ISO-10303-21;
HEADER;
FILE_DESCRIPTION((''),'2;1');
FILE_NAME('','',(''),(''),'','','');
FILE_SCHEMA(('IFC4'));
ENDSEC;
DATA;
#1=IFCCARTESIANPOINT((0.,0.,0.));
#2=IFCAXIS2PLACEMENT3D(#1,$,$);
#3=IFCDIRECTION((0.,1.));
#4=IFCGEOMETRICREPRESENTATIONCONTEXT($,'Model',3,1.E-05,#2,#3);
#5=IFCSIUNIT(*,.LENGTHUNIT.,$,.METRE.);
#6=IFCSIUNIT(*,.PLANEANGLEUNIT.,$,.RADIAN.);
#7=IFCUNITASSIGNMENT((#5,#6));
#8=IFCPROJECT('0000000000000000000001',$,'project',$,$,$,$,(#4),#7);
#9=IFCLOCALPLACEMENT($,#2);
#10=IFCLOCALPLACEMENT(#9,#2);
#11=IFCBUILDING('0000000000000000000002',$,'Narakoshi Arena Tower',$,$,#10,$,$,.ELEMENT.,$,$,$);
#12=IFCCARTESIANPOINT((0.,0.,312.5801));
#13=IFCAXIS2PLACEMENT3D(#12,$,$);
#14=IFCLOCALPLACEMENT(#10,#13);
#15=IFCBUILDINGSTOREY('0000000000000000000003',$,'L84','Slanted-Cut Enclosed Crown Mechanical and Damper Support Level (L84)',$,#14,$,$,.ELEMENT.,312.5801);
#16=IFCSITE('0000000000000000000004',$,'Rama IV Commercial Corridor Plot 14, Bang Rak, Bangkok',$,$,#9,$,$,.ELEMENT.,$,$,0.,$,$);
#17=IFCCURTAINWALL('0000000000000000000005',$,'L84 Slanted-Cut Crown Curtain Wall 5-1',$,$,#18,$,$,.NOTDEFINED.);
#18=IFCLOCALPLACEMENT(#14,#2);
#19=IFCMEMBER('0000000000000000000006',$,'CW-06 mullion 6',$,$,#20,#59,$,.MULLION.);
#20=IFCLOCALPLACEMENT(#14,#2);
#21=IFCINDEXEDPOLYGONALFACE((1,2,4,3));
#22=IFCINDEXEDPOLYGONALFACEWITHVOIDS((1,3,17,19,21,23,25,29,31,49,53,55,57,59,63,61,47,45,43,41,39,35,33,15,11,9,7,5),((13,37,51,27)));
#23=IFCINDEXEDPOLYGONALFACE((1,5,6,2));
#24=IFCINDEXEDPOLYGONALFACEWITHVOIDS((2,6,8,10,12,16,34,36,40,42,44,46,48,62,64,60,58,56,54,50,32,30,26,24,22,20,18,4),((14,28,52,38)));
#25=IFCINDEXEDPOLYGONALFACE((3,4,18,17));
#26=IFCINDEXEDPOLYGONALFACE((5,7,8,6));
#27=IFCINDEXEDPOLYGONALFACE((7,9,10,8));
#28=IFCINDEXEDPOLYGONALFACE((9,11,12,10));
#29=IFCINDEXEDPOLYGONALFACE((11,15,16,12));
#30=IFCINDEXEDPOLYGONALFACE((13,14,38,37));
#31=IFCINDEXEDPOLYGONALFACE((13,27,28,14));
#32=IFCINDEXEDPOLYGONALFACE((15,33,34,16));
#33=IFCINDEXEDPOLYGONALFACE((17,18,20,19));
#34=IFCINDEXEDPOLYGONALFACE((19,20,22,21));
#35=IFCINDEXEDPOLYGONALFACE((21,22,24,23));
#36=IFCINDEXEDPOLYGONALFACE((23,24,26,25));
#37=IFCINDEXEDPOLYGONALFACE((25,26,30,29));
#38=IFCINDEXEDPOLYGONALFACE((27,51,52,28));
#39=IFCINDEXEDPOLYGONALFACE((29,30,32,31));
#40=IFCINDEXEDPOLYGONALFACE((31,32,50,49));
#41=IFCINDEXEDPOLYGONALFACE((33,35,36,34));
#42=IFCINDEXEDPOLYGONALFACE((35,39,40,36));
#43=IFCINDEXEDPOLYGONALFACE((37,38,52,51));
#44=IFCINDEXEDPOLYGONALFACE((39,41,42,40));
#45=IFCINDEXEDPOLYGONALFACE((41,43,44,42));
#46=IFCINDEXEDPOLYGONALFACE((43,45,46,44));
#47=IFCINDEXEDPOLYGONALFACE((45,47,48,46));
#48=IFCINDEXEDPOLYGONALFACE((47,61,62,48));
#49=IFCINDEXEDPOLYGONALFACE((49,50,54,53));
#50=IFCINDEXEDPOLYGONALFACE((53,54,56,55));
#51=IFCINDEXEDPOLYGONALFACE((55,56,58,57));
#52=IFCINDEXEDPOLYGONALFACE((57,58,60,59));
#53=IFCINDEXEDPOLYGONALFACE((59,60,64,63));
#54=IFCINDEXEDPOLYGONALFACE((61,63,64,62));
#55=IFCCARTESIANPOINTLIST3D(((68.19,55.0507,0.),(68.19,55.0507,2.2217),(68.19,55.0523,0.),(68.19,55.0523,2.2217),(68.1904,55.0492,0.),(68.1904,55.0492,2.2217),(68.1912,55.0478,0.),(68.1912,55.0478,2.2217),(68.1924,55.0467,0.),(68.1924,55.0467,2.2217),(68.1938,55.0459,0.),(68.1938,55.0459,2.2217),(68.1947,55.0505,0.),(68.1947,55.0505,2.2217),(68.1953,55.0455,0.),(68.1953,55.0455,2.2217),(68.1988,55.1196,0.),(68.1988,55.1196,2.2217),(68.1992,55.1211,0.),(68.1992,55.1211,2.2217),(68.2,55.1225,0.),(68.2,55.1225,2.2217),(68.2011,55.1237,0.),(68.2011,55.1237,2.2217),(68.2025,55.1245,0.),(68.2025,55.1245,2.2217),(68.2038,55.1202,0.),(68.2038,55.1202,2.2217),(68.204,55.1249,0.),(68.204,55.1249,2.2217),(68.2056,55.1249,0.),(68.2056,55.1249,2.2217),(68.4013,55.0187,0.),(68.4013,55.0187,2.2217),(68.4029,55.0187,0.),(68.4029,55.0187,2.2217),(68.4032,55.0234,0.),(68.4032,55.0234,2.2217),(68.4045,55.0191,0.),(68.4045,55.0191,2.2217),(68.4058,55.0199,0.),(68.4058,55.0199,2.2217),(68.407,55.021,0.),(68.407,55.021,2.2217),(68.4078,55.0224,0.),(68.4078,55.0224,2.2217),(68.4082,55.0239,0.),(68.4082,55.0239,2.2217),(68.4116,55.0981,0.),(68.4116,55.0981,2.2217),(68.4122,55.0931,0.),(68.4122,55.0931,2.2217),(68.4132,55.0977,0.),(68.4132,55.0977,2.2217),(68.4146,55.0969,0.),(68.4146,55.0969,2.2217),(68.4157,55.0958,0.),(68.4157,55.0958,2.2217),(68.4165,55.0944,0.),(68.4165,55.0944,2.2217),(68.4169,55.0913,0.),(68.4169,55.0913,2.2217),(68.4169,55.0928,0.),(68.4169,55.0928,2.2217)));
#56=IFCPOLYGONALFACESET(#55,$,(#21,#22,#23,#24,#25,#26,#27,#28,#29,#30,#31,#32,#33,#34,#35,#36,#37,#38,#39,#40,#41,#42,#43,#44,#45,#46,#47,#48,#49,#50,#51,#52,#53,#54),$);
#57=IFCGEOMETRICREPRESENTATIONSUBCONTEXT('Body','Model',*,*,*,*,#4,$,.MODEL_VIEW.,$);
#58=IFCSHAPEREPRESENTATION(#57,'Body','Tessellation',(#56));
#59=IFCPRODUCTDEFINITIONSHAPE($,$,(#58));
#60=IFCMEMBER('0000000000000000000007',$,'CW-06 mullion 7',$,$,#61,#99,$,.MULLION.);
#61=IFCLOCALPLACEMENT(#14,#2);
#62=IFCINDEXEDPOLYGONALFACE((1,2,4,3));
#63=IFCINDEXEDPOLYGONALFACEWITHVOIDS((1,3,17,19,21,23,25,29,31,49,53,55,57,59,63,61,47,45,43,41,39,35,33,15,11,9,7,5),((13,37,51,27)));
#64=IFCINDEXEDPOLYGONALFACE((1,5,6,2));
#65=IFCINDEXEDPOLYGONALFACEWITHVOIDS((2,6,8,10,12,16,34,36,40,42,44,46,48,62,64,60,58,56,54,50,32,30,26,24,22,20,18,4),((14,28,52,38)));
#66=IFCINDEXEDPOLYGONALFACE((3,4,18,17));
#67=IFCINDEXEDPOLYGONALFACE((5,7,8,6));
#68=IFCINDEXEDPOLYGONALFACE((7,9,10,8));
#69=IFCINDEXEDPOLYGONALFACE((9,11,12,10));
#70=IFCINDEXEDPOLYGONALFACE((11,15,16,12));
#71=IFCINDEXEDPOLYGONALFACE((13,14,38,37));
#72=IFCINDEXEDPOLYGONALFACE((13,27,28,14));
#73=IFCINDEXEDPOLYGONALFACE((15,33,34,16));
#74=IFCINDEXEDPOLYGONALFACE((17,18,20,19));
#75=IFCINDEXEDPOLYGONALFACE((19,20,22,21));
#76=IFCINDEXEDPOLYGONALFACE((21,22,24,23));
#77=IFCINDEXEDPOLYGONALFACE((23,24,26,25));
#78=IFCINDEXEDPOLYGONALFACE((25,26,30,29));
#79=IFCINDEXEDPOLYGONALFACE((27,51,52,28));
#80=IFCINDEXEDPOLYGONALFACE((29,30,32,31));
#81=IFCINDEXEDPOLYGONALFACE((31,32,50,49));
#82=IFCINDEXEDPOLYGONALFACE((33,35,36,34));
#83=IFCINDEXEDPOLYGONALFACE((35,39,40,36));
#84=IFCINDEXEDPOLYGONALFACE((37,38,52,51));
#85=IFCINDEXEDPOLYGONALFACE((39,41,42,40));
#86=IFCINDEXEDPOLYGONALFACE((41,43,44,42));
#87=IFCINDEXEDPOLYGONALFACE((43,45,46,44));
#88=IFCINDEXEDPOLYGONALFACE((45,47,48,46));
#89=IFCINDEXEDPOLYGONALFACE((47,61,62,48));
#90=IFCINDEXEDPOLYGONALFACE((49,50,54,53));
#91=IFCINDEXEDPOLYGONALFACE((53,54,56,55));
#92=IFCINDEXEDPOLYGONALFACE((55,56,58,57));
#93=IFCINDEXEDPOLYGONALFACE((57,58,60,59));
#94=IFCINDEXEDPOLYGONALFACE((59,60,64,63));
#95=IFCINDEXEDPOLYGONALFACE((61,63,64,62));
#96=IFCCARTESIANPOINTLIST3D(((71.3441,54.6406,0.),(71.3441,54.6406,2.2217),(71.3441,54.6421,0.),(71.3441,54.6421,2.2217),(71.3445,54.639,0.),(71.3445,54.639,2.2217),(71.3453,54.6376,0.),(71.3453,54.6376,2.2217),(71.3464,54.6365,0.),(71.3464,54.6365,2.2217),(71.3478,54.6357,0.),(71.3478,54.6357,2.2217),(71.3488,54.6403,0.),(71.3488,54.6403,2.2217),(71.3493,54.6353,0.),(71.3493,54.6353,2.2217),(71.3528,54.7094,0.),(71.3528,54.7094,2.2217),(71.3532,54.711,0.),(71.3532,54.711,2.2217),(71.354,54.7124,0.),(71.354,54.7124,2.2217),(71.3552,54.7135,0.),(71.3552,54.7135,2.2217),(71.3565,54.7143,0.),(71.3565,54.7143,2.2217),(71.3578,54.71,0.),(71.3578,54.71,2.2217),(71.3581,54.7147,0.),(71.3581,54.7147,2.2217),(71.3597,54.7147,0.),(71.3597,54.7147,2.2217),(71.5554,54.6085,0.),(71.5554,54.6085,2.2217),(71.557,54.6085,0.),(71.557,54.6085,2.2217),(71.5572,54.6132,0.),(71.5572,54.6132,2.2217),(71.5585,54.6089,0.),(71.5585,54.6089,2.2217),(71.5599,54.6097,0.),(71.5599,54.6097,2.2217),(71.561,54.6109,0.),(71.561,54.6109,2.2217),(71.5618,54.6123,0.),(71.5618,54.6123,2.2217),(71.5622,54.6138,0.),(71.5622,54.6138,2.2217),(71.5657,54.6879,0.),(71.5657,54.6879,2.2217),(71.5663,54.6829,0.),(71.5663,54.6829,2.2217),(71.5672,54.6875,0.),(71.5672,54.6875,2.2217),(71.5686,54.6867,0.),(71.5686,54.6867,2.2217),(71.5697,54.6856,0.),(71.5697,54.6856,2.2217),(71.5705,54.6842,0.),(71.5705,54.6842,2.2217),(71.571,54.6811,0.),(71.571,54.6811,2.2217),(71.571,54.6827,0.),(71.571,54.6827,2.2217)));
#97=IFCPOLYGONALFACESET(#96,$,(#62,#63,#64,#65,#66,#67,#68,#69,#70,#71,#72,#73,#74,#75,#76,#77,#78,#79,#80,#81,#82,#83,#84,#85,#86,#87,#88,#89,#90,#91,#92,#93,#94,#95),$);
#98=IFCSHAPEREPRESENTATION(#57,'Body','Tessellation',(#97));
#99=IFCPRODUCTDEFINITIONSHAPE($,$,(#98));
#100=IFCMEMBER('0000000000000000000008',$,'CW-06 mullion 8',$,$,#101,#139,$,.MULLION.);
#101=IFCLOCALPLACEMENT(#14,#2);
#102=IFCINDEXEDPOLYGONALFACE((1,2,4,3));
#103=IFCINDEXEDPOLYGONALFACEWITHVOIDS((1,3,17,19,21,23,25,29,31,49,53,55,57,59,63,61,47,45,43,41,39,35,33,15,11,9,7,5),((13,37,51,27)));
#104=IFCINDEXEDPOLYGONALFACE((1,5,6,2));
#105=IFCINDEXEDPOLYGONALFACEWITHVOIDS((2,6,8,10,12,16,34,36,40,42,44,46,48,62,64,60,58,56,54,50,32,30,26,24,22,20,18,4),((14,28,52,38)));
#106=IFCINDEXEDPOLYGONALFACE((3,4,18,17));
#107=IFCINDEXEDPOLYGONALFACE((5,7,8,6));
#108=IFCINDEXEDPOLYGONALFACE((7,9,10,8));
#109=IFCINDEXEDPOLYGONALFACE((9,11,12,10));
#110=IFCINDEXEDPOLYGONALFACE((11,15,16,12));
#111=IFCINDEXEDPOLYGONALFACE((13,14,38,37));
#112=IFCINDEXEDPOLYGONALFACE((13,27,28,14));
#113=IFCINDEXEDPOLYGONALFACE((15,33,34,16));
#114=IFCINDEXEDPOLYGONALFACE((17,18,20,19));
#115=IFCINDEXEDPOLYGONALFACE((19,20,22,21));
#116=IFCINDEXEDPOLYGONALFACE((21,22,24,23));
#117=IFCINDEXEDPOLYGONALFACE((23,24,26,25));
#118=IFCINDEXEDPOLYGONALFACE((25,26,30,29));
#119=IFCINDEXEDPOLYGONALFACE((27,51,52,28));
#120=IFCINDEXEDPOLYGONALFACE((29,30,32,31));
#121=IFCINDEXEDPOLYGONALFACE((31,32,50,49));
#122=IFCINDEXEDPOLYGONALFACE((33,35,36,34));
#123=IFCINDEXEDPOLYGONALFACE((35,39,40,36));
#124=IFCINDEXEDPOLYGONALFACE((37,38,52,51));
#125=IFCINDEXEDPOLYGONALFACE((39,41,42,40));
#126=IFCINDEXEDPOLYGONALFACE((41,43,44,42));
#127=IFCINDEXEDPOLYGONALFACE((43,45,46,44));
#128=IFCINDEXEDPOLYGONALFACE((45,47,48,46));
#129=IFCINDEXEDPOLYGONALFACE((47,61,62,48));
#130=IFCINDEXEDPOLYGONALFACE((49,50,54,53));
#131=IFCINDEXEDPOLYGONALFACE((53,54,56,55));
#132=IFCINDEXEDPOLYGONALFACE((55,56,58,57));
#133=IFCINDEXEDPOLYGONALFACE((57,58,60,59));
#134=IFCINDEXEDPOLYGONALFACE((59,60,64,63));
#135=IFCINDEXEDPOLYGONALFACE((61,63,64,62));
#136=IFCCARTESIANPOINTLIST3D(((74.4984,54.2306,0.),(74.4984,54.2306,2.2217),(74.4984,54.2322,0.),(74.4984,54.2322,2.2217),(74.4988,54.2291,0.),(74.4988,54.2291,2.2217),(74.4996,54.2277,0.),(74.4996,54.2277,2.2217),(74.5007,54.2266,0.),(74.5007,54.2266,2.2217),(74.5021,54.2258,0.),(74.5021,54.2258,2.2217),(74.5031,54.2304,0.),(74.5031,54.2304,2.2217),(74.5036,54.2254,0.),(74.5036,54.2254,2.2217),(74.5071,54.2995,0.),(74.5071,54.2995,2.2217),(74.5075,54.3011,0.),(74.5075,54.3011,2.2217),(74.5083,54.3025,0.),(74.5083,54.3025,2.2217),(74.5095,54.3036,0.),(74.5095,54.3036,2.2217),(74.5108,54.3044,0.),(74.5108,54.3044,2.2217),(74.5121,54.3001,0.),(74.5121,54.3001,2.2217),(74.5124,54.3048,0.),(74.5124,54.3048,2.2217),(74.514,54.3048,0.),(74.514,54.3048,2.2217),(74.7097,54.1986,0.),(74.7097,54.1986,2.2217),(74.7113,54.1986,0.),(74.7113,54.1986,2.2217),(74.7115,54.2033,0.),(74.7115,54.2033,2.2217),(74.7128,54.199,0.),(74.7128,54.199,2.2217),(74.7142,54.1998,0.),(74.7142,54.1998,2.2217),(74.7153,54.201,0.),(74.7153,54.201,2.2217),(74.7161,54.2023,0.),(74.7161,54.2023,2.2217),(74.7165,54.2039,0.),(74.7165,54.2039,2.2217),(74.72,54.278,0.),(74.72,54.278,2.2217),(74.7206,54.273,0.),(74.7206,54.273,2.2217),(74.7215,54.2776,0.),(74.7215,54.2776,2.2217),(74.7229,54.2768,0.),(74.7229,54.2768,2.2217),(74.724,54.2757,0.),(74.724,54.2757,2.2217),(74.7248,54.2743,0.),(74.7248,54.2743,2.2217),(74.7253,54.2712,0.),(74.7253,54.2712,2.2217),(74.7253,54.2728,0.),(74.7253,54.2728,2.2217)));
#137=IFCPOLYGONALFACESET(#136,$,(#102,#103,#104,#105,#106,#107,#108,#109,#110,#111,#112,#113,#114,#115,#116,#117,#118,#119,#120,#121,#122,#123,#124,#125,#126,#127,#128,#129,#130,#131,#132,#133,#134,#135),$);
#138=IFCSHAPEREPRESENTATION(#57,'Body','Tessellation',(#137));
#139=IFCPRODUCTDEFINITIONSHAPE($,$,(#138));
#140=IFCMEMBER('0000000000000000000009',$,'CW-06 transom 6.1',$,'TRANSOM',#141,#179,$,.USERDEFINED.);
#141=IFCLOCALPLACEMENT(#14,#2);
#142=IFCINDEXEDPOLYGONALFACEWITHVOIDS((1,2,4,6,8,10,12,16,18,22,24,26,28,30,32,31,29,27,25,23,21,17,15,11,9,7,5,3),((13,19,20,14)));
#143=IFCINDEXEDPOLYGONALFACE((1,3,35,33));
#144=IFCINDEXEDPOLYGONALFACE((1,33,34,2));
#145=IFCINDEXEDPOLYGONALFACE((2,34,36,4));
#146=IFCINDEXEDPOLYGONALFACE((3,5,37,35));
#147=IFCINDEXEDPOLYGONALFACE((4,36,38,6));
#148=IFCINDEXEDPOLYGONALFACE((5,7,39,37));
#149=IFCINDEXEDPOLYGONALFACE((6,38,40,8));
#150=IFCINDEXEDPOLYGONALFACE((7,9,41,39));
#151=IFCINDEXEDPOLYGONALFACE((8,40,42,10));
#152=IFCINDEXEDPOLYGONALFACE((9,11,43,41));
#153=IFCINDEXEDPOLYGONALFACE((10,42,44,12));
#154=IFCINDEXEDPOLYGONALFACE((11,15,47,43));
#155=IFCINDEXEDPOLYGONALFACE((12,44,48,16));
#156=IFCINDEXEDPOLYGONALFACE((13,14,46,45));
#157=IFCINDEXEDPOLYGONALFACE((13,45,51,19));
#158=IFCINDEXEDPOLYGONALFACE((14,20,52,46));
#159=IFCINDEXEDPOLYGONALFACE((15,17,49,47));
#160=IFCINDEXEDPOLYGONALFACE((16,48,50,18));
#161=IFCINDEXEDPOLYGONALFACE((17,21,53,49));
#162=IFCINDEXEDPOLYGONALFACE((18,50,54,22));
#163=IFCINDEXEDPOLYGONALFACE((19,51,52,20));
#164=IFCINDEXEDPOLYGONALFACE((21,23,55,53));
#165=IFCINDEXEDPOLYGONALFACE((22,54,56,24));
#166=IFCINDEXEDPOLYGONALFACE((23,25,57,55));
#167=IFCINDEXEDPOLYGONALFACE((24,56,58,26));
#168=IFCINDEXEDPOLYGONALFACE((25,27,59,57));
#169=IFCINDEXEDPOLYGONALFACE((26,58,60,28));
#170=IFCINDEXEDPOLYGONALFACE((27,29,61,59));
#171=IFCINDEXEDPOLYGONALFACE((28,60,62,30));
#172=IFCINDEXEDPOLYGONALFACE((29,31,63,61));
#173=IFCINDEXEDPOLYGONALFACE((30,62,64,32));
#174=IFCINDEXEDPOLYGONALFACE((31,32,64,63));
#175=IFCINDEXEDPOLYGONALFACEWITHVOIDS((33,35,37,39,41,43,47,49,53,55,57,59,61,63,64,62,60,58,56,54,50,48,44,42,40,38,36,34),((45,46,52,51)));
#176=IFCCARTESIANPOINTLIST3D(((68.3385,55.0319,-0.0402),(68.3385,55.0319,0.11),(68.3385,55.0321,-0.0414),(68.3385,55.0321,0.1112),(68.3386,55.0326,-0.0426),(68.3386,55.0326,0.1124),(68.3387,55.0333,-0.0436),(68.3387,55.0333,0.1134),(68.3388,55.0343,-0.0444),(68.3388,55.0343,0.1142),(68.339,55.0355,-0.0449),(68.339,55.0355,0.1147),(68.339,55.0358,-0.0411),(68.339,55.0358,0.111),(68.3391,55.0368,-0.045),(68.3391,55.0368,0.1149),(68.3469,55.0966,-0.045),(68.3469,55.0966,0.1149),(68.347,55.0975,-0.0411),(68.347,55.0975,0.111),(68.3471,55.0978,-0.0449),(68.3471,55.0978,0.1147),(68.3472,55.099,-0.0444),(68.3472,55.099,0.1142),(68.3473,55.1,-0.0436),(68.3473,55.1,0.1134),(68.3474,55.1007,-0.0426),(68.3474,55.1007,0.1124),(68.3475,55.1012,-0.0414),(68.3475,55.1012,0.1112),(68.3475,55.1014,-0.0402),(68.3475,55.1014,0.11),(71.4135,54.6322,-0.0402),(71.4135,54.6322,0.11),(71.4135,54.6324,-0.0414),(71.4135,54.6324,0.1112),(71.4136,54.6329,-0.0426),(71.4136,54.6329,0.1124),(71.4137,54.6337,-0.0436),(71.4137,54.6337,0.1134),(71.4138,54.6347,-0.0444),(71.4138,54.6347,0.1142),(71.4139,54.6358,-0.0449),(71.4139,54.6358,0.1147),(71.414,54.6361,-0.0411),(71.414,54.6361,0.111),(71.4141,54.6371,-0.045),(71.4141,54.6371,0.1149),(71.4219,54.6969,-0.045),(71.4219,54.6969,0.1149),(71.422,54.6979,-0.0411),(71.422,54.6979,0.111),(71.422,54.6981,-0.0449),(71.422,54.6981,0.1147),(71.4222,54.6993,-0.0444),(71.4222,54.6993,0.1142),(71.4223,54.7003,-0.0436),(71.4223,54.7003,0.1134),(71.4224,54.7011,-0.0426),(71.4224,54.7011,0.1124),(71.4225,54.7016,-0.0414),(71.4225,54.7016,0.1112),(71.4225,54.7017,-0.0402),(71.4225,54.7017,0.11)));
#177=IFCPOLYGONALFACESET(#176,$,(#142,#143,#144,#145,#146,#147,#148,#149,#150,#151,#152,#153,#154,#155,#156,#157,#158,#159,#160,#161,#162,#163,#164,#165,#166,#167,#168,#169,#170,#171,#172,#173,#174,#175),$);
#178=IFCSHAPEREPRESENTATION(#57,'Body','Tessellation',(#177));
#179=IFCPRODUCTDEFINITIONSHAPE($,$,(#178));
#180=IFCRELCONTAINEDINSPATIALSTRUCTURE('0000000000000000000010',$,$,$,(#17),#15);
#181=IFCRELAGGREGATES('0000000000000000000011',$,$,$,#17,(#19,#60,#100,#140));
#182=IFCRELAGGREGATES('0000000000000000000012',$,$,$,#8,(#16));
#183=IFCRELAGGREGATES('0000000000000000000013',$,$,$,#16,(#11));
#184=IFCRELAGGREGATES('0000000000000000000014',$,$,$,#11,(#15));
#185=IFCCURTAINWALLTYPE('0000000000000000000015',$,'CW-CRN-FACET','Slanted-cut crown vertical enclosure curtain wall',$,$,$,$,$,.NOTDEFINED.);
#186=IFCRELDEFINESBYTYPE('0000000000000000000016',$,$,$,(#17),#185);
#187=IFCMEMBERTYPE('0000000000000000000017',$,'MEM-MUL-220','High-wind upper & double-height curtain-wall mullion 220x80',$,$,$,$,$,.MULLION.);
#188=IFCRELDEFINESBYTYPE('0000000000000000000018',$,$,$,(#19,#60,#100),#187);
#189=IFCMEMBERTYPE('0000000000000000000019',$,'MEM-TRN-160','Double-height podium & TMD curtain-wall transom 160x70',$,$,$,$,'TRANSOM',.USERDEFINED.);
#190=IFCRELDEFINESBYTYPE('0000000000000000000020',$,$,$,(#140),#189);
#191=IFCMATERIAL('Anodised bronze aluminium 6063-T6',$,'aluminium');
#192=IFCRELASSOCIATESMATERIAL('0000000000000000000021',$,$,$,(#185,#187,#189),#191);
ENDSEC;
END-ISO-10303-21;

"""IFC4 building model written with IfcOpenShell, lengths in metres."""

from ifc_helpers import new_model, si_unit, direction, frame, origin, origin_2d, place, context, subcontext, project, spatial, hollow_rectangle, extrude, material, material_profile, profile_set, type_object, element, aggregate, save


model = new_model("IFC4")

# Units and contexts
model_context = context("Model", 3, precision=1e-05, world=origin(), true_north=direction((0.0, 1.0)))
body_context = subcontext(model_context, "Body", "Model", "MODEL_VIEW")
ifc_project = project(units=[si_unit("LENGTHUNIT", "METRE"), si_unit("PLANEANGLEUNIT", "RADIAN")], contexts=[model_context])

# Site, building, storey
site_placement = place(None, origin())
site = spatial("IfcSite", under=ifc_project, at=site_placement, Name="Rama IV Commercial Corridor Plot 14, Bang Rak, Bangkok", CompositionType="ELEMENT", RefElevation=0.0)
building_placement = place(site_placement, origin())
building = spatial("IfcBuilding", under=site, at=building_placement, Name="Narakoshi Arena Tower", CompositionType="ELEMENT")
storey_placement = place(building_placement, frame((0.0, 0.0, 312.5801)))
storey = spatial("IfcBuildingStorey", under=building, at=storey_placement, Name="L84", Description="Slanted-Cut Enclosed Crown Mechanical and Damper Support Level (L84)", CompositionType="ELEMENT", Elevation=312.5801)

# Curtain wall, members
ifc_material_1 = material(Name="Anodised bronze aluminium 6063-T6", Category="aluminium")
curtain_wall_type = type_object("IfcCurtainWallType", Name="CW-CRN-FACET", Description="Slanted-cut crown vertical enclosure curtain wall", PredefinedType="NOTDEFINED", material=ifc_material_1)
curtain_wall_placement = place(storey_placement, origin())
curtain_wall = element("IfcCurtainWall", 1, at=curtain_wall_placement, inside=storey, type_object=curtain_wall_type, Name="L84 Slanted-Cut Crown Curtain Wall 5-1", PredefinedType="NOTDEFINED")
ifc_material_profile_1 = material_profile(ifc_material_1, hollow_rectangle(XDim=0.0801, YDim=0.22, WallThickness=0.0049, OuterFilletRadius=0.0061, at=origin_2d()), Name="MUL220x80x5")
ifc_profile_set_1 = profile_set([ifc_material_profile_1], Name="Anodised bronze aluminium 6063-T6")
member_type_1 = type_object("IfcMemberType", Name="MEM-MUL-220", Description="High-wind upper & double-height curtain-wall mullion 220x80", PredefinedType="MULLION", material=ifc_profile_set_1)
member_1_placement = place(storey_placement, frame((68.3035, 55.0718, 0.0), z_axis=(0.0, 0.0, 1.0), x_axis=(0.12889, 0.991659, 0.0)))
member_1 = element("IfcMember", 2, at=member_1_placement, type_object=member_type_1, Name="CW-06 mullion 6", PredefinedType="MULLION", context=body_context, shape_type="SweptSolid", body=[
    extrude(hollow_rectangle(XDim=0.0801, YDim=0.22, WallThickness=0.0049, OuterFilletRadius=0.0061, at=origin_2d()), origin(), (0.0, 0.0, 1.0), 2.2217),
])
member_2_placement = place(storey_placement, frame((71.4575, 54.6616, 0.0), z_axis=(0.0, 0.0, 1.0), x_axis=(0.12889, 0.991659, 0.0)))
member_2 = element("IfcMember", 3, at=member_2_placement, type_object=member_type_1, Name="CW-06 mullion 7", PredefinedType="MULLION", context=body_context, shape_type="SweptSolid", body=[
    extrude(hollow_rectangle(XDim=0.0801, YDim=0.22, WallThickness=0.0049, OuterFilletRadius=0.0061, at=origin_2d()), origin(), (0.0, 0.0, 1.0), 2.2217),
])
member_3_placement = place(storey_placement, frame((74.6118, 54.2517, 0.0), z_axis=(0.0, 0.0, 1.0), x_axis=(0.12889, 0.991659, 0.0)))
member_3 = element("IfcMember", 4, at=member_3_placement, type_object=member_type_1, Name="CW-06 mullion 8", PredefinedType="MULLION", context=body_context, shape_type="SweptSolid", body=[
    extrude(hollow_rectangle(XDim=0.0801, YDim=0.22, WallThickness=0.0049, OuterFilletRadius=0.0061, at=origin_2d()), origin(), (0.0, 0.0, 1.0), 2.2217),
])
ifc_material_profile_2 = material_profile(ifc_material_1, hollow_rectangle(XDim=0.0701, YDim=0.1599, WallThickness=0.0039, OuterFilletRadius=0.0049, at=origin_2d()), Name="TRN160x70x4")
ifc_profile_set_2 = profile_set([ifc_material_profile_2], Name="Anodised bronze aluminium 6063-T6")
member_type_2 = type_object("IfcMemberType", Name="MEM-TRN-160", Description="Double-height podium & TMD curtain-wall transom 160x70", ElementType="TRANSOM", PredefinedType="USERDEFINED", material=ifc_profile_set_2)
member_4_placement = place(storey_placement, frame((68.343, 55.0667, 0.0349), z_axis=(0.991659, -0.128888, 0.0), x_axis=(0.128888, 0.991659, 0.0)))
member_4 = element("IfcMember", 5, at=member_4_placement, type_object=member_type_2, Name="CW-06 transom 6.1", ObjectType="TRANSOM", PredefinedType="USERDEFINED", context=body_context, shape_type="SweptSolid", body=[
    extrude(hollow_rectangle(XDim=0.0701, YDim=0.1599, WallThickness=0.0039, OuterFilletRadius=0.0049, at=origin_2d()), origin(), (0.0, 0.0, 1.0), 3.1008),
])
aggregate(curtain_wall, [member_1, member_2, member_3, member_4])

save(model, "model.ifc")
